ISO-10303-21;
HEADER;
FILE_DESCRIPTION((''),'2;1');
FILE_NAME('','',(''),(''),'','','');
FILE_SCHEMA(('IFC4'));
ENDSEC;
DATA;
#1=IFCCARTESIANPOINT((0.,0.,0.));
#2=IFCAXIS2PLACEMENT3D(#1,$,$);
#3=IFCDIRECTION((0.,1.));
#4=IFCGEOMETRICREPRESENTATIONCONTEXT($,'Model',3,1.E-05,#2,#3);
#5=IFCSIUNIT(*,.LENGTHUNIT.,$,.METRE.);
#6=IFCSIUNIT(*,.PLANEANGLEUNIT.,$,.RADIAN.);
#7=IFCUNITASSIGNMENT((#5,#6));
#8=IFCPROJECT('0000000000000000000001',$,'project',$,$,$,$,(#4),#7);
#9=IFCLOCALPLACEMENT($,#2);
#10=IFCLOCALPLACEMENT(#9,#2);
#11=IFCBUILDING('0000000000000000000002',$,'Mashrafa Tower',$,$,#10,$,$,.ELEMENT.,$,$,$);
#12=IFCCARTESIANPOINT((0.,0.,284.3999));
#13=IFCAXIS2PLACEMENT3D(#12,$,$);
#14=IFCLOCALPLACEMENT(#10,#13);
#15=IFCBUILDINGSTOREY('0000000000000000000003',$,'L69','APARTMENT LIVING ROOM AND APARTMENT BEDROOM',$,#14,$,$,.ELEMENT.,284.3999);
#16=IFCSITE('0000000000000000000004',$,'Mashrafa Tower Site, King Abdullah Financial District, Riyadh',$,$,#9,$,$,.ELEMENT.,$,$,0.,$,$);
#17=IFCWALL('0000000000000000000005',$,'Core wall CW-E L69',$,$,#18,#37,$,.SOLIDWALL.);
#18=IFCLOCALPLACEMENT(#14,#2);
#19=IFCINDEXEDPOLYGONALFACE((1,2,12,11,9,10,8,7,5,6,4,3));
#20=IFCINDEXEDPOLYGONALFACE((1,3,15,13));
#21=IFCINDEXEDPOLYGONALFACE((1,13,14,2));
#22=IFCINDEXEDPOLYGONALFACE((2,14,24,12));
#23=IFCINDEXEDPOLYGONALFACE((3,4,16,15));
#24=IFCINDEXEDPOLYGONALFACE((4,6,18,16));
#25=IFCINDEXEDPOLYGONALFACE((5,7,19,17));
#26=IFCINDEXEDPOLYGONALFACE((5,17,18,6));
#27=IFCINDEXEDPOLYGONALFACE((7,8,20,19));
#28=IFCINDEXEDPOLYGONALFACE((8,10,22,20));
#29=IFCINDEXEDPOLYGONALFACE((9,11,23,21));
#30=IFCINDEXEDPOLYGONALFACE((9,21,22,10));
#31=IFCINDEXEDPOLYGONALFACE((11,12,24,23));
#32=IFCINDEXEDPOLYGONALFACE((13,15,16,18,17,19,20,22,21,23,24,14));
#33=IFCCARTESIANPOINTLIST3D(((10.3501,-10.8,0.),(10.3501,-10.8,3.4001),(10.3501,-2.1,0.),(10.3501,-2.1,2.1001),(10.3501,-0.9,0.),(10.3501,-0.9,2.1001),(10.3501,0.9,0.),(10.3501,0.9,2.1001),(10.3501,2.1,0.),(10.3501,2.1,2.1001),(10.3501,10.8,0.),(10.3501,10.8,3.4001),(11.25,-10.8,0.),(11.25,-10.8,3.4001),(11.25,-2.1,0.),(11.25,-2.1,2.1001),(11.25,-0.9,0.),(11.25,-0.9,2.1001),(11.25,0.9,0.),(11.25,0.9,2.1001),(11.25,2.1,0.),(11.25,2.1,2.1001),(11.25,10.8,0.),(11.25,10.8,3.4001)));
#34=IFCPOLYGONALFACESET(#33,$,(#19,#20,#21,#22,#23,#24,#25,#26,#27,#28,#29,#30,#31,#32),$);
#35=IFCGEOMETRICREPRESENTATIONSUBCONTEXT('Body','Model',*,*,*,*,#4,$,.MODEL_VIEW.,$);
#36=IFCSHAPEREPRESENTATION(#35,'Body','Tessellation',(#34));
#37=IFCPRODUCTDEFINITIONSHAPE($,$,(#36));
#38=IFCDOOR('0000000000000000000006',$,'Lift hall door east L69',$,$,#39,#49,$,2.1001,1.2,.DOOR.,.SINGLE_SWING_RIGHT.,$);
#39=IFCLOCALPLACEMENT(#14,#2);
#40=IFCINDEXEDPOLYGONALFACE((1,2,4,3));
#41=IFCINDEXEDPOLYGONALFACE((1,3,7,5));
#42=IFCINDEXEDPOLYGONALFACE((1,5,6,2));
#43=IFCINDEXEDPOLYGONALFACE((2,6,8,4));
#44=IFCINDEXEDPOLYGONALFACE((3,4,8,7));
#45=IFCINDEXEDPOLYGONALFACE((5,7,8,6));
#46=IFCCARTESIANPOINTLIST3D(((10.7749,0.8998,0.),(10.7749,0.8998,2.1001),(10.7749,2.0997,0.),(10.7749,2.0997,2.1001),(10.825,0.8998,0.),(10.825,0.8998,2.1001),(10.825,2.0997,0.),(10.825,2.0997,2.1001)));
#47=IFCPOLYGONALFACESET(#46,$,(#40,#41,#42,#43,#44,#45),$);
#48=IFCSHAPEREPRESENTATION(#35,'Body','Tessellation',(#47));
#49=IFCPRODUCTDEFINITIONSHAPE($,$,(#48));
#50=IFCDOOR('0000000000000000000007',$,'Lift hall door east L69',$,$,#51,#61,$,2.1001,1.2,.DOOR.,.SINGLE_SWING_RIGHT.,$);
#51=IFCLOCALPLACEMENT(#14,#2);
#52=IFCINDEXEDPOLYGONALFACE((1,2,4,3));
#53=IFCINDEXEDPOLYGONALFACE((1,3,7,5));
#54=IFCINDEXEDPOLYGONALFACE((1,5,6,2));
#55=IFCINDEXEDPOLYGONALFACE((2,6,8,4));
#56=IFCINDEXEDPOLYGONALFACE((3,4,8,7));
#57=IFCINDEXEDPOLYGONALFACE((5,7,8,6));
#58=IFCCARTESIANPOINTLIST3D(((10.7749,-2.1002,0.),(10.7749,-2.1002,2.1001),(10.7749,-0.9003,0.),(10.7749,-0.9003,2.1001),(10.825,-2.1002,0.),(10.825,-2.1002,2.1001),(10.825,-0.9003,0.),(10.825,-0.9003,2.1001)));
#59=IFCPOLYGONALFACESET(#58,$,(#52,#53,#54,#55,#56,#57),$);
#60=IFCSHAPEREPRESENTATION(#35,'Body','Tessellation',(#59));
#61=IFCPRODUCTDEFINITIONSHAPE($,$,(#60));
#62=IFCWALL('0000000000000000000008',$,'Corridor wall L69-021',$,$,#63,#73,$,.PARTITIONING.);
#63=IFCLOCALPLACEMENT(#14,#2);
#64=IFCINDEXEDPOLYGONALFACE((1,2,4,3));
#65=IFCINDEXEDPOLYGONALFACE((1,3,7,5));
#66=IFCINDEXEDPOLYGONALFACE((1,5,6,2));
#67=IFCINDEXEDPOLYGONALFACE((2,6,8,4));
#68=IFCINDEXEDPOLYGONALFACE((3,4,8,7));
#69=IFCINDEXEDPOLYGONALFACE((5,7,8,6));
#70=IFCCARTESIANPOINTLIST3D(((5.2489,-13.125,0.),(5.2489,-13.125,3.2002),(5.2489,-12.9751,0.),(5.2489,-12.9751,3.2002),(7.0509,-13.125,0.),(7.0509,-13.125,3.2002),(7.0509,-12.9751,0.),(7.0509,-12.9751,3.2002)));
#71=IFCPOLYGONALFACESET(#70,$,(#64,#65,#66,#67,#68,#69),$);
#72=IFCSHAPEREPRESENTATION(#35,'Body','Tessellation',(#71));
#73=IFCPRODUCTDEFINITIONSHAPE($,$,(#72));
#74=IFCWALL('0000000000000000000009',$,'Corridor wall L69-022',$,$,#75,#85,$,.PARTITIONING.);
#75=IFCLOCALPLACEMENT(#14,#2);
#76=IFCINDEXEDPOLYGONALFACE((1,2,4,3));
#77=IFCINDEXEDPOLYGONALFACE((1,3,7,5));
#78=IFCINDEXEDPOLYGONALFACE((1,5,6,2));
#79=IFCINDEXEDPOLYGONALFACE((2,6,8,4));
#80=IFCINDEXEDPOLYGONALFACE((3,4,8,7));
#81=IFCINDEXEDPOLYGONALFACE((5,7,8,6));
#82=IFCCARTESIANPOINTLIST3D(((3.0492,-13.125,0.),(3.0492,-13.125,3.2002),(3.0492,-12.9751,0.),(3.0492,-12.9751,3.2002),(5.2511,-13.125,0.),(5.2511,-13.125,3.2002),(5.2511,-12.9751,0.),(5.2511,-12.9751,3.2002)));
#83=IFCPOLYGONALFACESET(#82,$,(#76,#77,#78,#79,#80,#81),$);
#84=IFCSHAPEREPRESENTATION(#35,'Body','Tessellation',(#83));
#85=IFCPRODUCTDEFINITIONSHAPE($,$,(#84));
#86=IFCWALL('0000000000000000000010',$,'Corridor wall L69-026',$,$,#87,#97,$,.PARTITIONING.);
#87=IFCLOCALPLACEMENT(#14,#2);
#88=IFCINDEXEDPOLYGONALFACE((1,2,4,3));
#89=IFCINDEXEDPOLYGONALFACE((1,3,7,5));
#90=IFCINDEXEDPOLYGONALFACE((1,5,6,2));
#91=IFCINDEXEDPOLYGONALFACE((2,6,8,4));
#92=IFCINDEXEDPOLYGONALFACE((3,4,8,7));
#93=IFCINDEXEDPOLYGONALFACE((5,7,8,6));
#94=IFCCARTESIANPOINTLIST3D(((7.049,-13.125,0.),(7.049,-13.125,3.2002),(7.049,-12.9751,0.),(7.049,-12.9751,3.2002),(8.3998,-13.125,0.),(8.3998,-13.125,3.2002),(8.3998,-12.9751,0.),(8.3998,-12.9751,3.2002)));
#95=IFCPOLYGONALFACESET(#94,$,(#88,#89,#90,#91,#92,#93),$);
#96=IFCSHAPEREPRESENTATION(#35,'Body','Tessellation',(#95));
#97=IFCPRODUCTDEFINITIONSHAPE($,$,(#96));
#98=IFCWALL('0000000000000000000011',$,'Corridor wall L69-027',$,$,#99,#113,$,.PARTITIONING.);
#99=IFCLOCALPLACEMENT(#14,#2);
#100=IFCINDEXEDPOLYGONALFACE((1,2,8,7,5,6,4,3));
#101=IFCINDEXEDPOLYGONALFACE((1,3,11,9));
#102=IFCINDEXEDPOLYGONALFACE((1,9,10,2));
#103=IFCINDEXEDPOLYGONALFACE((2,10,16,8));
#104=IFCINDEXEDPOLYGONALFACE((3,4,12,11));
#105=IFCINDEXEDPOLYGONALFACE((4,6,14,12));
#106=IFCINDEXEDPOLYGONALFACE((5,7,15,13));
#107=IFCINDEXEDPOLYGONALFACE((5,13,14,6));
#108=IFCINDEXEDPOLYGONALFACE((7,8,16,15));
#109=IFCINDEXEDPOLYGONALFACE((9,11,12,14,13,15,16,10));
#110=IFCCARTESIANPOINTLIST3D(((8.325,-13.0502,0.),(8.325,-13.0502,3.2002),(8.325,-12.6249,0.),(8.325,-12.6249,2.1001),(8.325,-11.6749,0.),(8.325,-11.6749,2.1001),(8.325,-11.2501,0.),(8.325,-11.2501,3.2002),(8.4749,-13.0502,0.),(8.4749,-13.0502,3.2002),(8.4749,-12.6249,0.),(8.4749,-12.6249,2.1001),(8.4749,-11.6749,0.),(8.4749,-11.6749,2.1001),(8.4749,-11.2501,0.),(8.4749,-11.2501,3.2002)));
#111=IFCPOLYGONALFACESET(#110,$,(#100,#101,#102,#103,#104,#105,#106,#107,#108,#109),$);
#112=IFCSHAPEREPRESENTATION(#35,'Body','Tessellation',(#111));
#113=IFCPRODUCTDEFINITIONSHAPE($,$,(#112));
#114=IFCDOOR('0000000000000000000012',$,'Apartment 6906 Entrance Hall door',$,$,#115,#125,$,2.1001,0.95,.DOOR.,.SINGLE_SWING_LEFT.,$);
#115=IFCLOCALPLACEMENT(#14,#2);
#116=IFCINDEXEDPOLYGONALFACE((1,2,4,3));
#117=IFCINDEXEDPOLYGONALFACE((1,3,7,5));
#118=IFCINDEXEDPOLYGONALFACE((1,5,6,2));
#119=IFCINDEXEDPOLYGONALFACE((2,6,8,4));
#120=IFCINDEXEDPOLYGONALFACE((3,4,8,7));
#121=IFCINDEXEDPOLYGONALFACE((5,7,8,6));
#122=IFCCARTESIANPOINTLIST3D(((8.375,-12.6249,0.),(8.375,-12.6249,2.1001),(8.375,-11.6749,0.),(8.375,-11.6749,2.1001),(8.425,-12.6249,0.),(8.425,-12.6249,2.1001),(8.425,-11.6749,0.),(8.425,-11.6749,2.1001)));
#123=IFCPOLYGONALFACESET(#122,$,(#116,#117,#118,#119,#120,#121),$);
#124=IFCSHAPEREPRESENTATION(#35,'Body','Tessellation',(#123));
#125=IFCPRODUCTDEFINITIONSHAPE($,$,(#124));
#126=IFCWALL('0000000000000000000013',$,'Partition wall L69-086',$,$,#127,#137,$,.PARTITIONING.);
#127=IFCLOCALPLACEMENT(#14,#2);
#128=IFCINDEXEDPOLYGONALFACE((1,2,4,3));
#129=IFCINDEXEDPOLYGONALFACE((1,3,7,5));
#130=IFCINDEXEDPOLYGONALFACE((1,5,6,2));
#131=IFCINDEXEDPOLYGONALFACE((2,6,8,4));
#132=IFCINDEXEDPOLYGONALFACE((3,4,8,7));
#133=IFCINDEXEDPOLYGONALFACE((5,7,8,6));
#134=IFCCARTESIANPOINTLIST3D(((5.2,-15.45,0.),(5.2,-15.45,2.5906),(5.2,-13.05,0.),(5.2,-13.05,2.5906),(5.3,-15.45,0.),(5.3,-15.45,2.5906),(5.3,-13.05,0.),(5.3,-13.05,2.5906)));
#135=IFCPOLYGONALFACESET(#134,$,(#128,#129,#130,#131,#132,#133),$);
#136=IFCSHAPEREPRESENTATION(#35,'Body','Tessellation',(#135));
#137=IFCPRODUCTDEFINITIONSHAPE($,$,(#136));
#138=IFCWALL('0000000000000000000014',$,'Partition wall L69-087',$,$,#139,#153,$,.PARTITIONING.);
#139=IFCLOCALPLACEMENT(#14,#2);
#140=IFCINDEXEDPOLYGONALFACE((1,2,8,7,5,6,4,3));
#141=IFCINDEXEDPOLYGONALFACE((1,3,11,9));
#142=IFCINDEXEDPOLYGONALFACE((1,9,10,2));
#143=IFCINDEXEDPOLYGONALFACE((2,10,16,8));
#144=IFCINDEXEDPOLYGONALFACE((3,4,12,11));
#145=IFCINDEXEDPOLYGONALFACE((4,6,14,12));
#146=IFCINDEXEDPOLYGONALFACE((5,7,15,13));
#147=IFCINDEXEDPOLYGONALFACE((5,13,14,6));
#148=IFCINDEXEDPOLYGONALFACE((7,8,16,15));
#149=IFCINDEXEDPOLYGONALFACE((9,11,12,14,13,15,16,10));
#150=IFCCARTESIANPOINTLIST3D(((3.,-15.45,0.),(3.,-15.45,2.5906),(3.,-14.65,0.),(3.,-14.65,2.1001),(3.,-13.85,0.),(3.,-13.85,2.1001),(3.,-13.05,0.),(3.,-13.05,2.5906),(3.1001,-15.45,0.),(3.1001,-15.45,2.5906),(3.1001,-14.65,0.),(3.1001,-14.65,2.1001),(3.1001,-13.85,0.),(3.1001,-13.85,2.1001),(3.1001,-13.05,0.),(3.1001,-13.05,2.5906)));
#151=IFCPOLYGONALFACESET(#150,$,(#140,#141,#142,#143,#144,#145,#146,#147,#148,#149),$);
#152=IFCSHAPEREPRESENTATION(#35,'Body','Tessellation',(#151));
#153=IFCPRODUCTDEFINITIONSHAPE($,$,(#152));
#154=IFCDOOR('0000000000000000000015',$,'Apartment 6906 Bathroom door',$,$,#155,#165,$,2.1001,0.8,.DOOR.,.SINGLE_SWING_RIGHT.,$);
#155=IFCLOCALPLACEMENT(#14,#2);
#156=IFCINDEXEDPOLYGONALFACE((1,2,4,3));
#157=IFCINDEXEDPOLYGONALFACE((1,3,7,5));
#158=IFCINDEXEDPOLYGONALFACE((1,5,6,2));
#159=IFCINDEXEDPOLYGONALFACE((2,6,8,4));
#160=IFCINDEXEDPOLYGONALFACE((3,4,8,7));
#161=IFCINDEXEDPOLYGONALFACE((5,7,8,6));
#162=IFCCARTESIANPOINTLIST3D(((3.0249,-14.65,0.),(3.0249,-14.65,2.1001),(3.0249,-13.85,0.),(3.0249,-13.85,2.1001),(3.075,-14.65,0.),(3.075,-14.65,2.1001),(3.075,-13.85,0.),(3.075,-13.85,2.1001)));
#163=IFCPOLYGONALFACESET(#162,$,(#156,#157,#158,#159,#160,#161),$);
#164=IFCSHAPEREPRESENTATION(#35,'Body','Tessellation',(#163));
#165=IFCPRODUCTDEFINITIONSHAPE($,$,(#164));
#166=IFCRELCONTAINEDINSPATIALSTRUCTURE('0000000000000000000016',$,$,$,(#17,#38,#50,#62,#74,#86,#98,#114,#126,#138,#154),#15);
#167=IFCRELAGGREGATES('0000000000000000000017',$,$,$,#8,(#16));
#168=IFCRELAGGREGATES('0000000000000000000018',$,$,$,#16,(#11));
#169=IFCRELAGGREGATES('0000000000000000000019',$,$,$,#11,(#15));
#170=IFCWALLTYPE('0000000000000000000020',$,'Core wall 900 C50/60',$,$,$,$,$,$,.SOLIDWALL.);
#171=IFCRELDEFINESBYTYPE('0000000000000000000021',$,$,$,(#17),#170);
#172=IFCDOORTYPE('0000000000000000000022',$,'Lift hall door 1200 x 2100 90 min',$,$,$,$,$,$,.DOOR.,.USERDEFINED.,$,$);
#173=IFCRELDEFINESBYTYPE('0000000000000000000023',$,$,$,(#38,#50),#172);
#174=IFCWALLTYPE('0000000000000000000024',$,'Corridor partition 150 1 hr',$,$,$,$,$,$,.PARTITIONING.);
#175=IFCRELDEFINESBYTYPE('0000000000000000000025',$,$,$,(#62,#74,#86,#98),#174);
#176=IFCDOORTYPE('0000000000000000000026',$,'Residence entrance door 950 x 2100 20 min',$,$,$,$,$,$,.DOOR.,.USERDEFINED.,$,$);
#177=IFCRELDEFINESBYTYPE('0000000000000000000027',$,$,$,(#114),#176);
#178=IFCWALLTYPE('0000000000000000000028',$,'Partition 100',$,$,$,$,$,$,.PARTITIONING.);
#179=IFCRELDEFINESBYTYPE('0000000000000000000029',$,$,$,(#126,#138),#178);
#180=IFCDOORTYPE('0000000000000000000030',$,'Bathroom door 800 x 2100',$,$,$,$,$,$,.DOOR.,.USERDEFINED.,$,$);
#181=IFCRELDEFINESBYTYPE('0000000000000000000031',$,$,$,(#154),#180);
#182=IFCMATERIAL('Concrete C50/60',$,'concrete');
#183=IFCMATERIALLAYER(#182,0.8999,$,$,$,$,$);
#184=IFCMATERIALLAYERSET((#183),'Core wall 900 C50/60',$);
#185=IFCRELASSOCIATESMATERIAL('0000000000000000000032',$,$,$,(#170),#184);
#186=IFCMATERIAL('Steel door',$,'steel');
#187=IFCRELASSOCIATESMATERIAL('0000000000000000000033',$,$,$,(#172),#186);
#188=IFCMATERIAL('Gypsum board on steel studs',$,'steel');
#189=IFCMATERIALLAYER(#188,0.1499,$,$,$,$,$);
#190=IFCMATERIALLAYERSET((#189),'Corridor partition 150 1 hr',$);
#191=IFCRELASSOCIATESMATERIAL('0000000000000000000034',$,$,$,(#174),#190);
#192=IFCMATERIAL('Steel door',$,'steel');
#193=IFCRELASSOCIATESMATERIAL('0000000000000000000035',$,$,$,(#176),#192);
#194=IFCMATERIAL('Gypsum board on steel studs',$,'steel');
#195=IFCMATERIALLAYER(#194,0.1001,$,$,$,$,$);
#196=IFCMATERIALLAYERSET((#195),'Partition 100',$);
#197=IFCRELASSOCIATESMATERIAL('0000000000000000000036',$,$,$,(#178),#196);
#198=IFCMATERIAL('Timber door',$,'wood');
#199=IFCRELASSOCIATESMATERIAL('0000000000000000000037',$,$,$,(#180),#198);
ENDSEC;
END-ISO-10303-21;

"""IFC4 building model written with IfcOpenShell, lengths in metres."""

from ifc_helpers import new_model, si_unit, direction, frame, frame_2d, origin, place, context, subcontext, project, spatial, rectangle, extrude, material, layer, layer_set, type_object, element, fill, save


model = new_model("IFC4")

# Units and contexts
model_context = context("Model", 3, precision=1e-05, world=origin(), true_north=direction((0.0, 1.0)))
body_context = subcontext(model_context, "Body", "Model", "MODEL_VIEW")
ifc_project = project(units=[si_unit("LENGTHUNIT", "METRE"), si_unit("PLANEANGLEUNIT", "RADIAN")], contexts=[model_context])

# Site, building, storey
site_placement = place(None, origin())
site = spatial("IfcSite", under=ifc_project, at=site_placement, Name="Mashrafa Tower Site, King Abdullah Financial District, Riyadh", CompositionType="ELEMENT", RefElevation=0.0)
building_placement = place(site_placement, origin())
building = spatial("IfcBuilding", under=site, at=building_placement, Name="Mashrafa Tower", CompositionType="ELEMENT")
storey_placement = place(building_placement, frame((0.0, 0.0, 284.3999)))
storey = spatial("IfcBuildingStorey", under=building, at=storey_placement, Name="L69", Description="APARTMENT LIVING ROOM AND APARTMENT BEDROOM", CompositionType="ELEMENT", Elevation=284.3999)

# Wall, openings, doors
ifc_material_1 = material(Name="Concrete C50/60", Category="concrete")
ifc_layer_1 = layer(ifc_material_1, 0.8999)
ifc_layer_set_1 = layer_set([ifc_layer_1], Name="Core wall 900 C50/60")
wall_type_1 = type_object("IfcWallType", Name="Core wall 900 C50/60", PredefinedType="SOLIDWALL", material=ifc_layer_set_1)
wall_1_placement = place(storey_placement, frame((10.8, -10.8, 0.0), z_axis=(0.0, 0.0, 1.0), x_axis=(0.0, 1.0, 0.0)))
wall_1 = element("IfcWall", 1, at=wall_1_placement, inside=storey, type_object=wall_type_1, Name="Core wall CW-E L69", PredefinedType="SOLIDWALL", context=body_context, shape_type="SweptSolid", body=[
    extrude(rectangle(XDim=21.6001, YDim=0.8999, at=frame_2d((10.8, 0.0))), origin(), (0.0, 0.0, 1.0), 3.4001),
])
opening_1_placement = place(wall_1_placement, frame((11.7, 0.0, 0.0)))
opening_1 = element("IfcOpeningElement", 2, at=opening_1_placement, cuts=wall_1, PredefinedType="OPENING", context=body_context, shape_type="SweptSolid", body=[
    extrude(rectangle(XDim=1.2, YDim=2.1001, at=frame_2d((0.6001, 1.05))), frame((0.0, 0.46, 0.0), z_axis=(0.0, -1.0, 0.0), x_axis=(1.0, 0.0, 0.0)), (0.0, 0.0, 1.0), 0.9199),
])
opening_2_placement = place(wall_1_placement, frame((8.7, 0.0, 0.0)))
opening_2 = element("IfcOpeningElement", 3, at=opening_2_placement, cuts=wall_1, PredefinedType="OPENING", context=body_context, shape_type="SweptSolid", body=[
    extrude(rectangle(XDim=1.2, YDim=2.1001, at=frame_2d((0.6001, 1.05))), frame((0.0, 0.46, 0.0), z_axis=(0.0, -1.0, 0.0), x_axis=(1.0, 0.0, 0.0)), (0.0, 0.0, 1.0), 0.9199),
])
ifc_material_2 = material(Name="Steel door", Category="steel")
door_type_1 = type_object("IfcDoorType", Name="Lift hall door 1200 x 2100 90 min", OperationType="USERDEFINED", PredefinedType="DOOR", material=ifc_material_2)
door_1_placement = place(opening_1_placement, frame((1.2, 0.0, 0.0), z_axis=(0.0, 0.0, 1.0), x_axis=(-1.0, 0.0, 0.0)))
door_1 = element("IfcDoor", 4, at=door_1_placement, inside=storey, type_object=door_type_1, Name="Lift hall door east L69", OperationType="SINGLE_SWING_RIGHT", OverallHeight=2.1001, OverallWidth=1.2, PredefinedType="DOOR", context=body_context, shape_type="SweptSolid", body=[
    extrude(rectangle(XDim=1.2, YDim=2.1001, at=frame_2d((0.6001, 1.05))), frame((0.0, 0.0249, 0.0), z_axis=(0.0, -1.0, 0.0), x_axis=(1.0, 0.0, 0.0)), (0.0, 0.0, 1.0), 0.05),
])
fill(opening_1, door_1)
door_2_placement = place(opening_2_placement, frame((1.2, 0.0, 0.0), z_axis=(0.0, 0.0, 1.0), x_axis=(-1.0, 0.0, 0.0)))
door_2 = element("IfcDoor", 5, at=door_2_placement, inside=storey, type_object=door_type_1, Name="Lift hall door east L69", OperationType="SINGLE_SWING_RIGHT", OverallHeight=2.1001, OverallWidth=1.2, PredefinedType="DOOR", context=body_context, shape_type="SweptSolid", body=[
    extrude(rectangle(XDim=1.2, YDim=2.1001, at=frame_2d((0.6001, 1.05))), frame((0.0, 0.0249, 0.0), z_axis=(0.0, -1.0, 0.0), x_axis=(1.0, 0.0, 0.0)), (0.0, 0.0, 1.0), 0.05),
])
fill(opening_2, door_2)

# Walls
ifc_material_3 = material(Name="Gypsum board on steel studs", Category="steel")
ifc_layer_2 = layer(ifc_material_3, 0.1499)
ifc_layer_set_2 = layer_set([ifc_layer_2], Name="Corridor partition 150 1 hr")
wall_type_2 = type_object("IfcWallType", Name="Corridor partition 150 1 hr", PredefinedType="PARTITIONING", material=ifc_layer_set_2)
wall_2_placement = place(storey_placement, frame((5.249, -13.05, 0.0), z_axis=(0.0, 0.0, 1.0), x_axis=(1.0, 0.0, 0.0)))
element("IfcWall", 6, at=wall_2_placement, inside=storey, type_object=wall_type_2, Name="Corridor wall L69-021", PredefinedType="PARTITIONING", context=body_context, shape_type="SweptSolid", body=[
    extrude(rectangle(XDim=1.802, YDim=0.1499, at=frame_2d((0.9009, 0.0))), origin(), (0.0, 0.0, 1.0), 3.2002),
])
wall_3_placement = place(storey_placement, frame((3.0491, -13.05, 0.0), z_axis=(0.0, 0.0, 1.0), x_axis=(1.0, 0.0, 0.0)))
element("IfcWall", 7, at=wall_3_placement, inside=storey, type_object=wall_type_2, Name="Corridor wall L69-022", PredefinedType="PARTITIONING", context=body_context, shape_type="SweptSolid", body=[
    extrude(rectangle(XDim=2.2019, YDim=0.1499, at=frame_2d((1.1011, 0.0))), origin(), (0.0, 0.0, 1.0), 3.2002),
])
wall_4_placement = place(storey_placement, frame((7.0491, -13.05, 0.0), z_axis=(0.0, 0.0, 1.0), x_axis=(1.0, 0.0, 0.0)))
element("IfcWall", 8, at=wall_4_placement, inside=storey, type_object=wall_type_2, Name="Corridor wall L69-026", PredefinedType="PARTITIONING", context=body_context, shape_type="SweptSolid", body=[
    extrude(rectangle(XDim=1.3508, YDim=0.1499, at=frame_2d((0.6753, 0.0))), origin(), (0.0, 0.0, 1.0), 3.2002),
])

# Wall, opening, door
wall_5_placement = place(storey_placement, frame((8.3999, -13.05, 0.0), z_axis=(0.0, 0.0, 1.0), x_axis=(0.0, 1.0, 0.0)))
wall_5 = element("IfcWall", 9, at=wall_5_placement, inside=storey, type_object=wall_type_2, Name="Corridor wall L69-027", PredefinedType="PARTITIONING", context=body_context, shape_type="SweptSolid", body=[
    extrude(rectangle(XDim=1.8, YDim=0.1499, at=frame_2d((0.8999, 0.0))), origin(), (0.0, 0.0, 1.0), 3.2002),
])
opening_3_placement = place(wall_5_placement, frame((0.425, 0.0, 0.0)))
opening_3 = element("IfcOpeningElement", 10, at=opening_3_placement, cuts=wall_5, PredefinedType="OPENING", context=body_context, shape_type="SweptSolid", body=[
    extrude(rectangle(XDim=0.95, YDim=2.1001, at=frame_2d((0.4751, 1.05))), frame((0.0, 0.085, 0.0), z_axis=(0.0, -1.0, 0.0), x_axis=(1.0, 0.0, 0.0)), (0.0, 0.0, 1.0), 0.1699),
])
ifc_material_4 = material(Name="Steel door", Category="steel")
door_type_2 = type_object("IfcDoorType", Name="Residence entrance door 950 x 2100 20 min", OperationType="USERDEFINED", PredefinedType="DOOR", material=ifc_material_4)
door_3_placement = place(opening_3_placement, origin())
door_3 = element("IfcDoor", 11, at=door_3_placement, inside=storey, type_object=door_type_2, Name="Apartment 6906 Entrance Hall door", OperationType="SINGLE_SWING_LEFT", OverallHeight=2.1001, OverallWidth=0.95, PredefinedType="DOOR", context=body_context, shape_type="SweptSolid", body=[
    extrude(rectangle(XDim=0.95, YDim=2.1001, at=frame_2d((0.4751, 1.05))), frame((0.0, 0.0249, 0.0), z_axis=(0.0, -1.0, 0.0), x_axis=(1.0, 0.0, 0.0)), (0.0, 0.0, 1.0), 0.05),
])
fill(opening_3, door_3)

# Wall
ifc_material_5 = material(Name="Gypsum board on steel studs", Category="steel")
ifc_layer_3 = layer(ifc_material_5, 0.1001)
ifc_layer_set_3 = layer_set([ifc_layer_3], Name="Partition 100")
wall_type_3 = type_object("IfcWallType", Name="Partition 100", PredefinedType="PARTITIONING", material=ifc_layer_set_3)
wall_6_placement = place(storey_placement, frame((5.25, -13.05, 0.0), z_axis=(0.0, 0.0, 1.0), x_axis=(0.0, -1.0, 0.0)))
element("IfcWall", 12, at=wall_6_placement, inside=storey, type_object=wall_type_3, Name="Partition wall L69-086", PredefinedType="PARTITIONING", context=body_context, shape_type="SweptSolid", body=[
    extrude(rectangle(XDim=2.3999, YDim=0.1001, at=frame_2d((1.2, 0.0))), origin(), (0.0, 0.0, 1.0), 2.5906),
])

# Wall, opening, door
wall_7_placement = place(storey_placement, frame((3.05, -13.05, 0.0), z_axis=(0.0, 0.0, 1.0), x_axis=(0.0, -1.0, 0.0)))
wall_7 = element("IfcWall", 13, at=wall_7_placement, inside=storey, type_object=wall_type_3, Name="Partition wall L69-087", PredefinedType="PARTITIONING", context=body_context, shape_type="SweptSolid", body=[
    extrude(rectangle(XDim=2.3999, YDim=0.1001, at=frame_2d((1.2, 0.0))), origin(), (0.0, 0.0, 1.0), 2.5906),
])
opening_4_placement = place(wall_7_placement, frame((0.8, 0.0, 0.0)))
opening_4 = element("IfcOpeningElement", 14, at=opening_4_placement, cuts=wall_7, PredefinedType="OPENING", context=body_context, shape_type="SweptSolid", body=[
    extrude(rectangle(XDim=0.8, YDim=2.1001, at=frame_2d((0.3999, 1.05))), frame((0.0, 0.0601, 0.0), z_axis=(0.0, -1.0, 0.0), x_axis=(1.0, 0.0, 0.0)), (0.0, 0.0, 1.0), 0.1201),
])
ifc_material_6 = material(Name="Timber door", Category="wood")
door_type_3 = type_object("IfcDoorType", Name="Bathroom door 800 x 2100", OperationType="USERDEFINED", PredefinedType="DOOR", material=ifc_material_6)
door_4_placement = place(opening_4_placement, origin())
door_4 = element("IfcDoor", 15, at=door_4_placement, inside=storey, type_object=door_type_3, Name="Apartment 6906 Bathroom door", OperationType="SINGLE_SWING_RIGHT", OverallHeight=2.1001, OverallWidth=0.8, PredefinedType="DOOR", context=body_context, shape_type="SweptSolid", body=[
    extrude(rectangle(XDim=0.8, YDim=2.1001, at=frame_2d((0.3999, 1.05))), frame((0.0, 0.0249, 0.0), z_axis=(0.0, -1.0, 0.0), x_axis=(1.0, 0.0, 0.0)), (0.0, 0.0, 1.0), 0.05),
])
fill(opening_4, door_4)

save(model, "model.ifc")
